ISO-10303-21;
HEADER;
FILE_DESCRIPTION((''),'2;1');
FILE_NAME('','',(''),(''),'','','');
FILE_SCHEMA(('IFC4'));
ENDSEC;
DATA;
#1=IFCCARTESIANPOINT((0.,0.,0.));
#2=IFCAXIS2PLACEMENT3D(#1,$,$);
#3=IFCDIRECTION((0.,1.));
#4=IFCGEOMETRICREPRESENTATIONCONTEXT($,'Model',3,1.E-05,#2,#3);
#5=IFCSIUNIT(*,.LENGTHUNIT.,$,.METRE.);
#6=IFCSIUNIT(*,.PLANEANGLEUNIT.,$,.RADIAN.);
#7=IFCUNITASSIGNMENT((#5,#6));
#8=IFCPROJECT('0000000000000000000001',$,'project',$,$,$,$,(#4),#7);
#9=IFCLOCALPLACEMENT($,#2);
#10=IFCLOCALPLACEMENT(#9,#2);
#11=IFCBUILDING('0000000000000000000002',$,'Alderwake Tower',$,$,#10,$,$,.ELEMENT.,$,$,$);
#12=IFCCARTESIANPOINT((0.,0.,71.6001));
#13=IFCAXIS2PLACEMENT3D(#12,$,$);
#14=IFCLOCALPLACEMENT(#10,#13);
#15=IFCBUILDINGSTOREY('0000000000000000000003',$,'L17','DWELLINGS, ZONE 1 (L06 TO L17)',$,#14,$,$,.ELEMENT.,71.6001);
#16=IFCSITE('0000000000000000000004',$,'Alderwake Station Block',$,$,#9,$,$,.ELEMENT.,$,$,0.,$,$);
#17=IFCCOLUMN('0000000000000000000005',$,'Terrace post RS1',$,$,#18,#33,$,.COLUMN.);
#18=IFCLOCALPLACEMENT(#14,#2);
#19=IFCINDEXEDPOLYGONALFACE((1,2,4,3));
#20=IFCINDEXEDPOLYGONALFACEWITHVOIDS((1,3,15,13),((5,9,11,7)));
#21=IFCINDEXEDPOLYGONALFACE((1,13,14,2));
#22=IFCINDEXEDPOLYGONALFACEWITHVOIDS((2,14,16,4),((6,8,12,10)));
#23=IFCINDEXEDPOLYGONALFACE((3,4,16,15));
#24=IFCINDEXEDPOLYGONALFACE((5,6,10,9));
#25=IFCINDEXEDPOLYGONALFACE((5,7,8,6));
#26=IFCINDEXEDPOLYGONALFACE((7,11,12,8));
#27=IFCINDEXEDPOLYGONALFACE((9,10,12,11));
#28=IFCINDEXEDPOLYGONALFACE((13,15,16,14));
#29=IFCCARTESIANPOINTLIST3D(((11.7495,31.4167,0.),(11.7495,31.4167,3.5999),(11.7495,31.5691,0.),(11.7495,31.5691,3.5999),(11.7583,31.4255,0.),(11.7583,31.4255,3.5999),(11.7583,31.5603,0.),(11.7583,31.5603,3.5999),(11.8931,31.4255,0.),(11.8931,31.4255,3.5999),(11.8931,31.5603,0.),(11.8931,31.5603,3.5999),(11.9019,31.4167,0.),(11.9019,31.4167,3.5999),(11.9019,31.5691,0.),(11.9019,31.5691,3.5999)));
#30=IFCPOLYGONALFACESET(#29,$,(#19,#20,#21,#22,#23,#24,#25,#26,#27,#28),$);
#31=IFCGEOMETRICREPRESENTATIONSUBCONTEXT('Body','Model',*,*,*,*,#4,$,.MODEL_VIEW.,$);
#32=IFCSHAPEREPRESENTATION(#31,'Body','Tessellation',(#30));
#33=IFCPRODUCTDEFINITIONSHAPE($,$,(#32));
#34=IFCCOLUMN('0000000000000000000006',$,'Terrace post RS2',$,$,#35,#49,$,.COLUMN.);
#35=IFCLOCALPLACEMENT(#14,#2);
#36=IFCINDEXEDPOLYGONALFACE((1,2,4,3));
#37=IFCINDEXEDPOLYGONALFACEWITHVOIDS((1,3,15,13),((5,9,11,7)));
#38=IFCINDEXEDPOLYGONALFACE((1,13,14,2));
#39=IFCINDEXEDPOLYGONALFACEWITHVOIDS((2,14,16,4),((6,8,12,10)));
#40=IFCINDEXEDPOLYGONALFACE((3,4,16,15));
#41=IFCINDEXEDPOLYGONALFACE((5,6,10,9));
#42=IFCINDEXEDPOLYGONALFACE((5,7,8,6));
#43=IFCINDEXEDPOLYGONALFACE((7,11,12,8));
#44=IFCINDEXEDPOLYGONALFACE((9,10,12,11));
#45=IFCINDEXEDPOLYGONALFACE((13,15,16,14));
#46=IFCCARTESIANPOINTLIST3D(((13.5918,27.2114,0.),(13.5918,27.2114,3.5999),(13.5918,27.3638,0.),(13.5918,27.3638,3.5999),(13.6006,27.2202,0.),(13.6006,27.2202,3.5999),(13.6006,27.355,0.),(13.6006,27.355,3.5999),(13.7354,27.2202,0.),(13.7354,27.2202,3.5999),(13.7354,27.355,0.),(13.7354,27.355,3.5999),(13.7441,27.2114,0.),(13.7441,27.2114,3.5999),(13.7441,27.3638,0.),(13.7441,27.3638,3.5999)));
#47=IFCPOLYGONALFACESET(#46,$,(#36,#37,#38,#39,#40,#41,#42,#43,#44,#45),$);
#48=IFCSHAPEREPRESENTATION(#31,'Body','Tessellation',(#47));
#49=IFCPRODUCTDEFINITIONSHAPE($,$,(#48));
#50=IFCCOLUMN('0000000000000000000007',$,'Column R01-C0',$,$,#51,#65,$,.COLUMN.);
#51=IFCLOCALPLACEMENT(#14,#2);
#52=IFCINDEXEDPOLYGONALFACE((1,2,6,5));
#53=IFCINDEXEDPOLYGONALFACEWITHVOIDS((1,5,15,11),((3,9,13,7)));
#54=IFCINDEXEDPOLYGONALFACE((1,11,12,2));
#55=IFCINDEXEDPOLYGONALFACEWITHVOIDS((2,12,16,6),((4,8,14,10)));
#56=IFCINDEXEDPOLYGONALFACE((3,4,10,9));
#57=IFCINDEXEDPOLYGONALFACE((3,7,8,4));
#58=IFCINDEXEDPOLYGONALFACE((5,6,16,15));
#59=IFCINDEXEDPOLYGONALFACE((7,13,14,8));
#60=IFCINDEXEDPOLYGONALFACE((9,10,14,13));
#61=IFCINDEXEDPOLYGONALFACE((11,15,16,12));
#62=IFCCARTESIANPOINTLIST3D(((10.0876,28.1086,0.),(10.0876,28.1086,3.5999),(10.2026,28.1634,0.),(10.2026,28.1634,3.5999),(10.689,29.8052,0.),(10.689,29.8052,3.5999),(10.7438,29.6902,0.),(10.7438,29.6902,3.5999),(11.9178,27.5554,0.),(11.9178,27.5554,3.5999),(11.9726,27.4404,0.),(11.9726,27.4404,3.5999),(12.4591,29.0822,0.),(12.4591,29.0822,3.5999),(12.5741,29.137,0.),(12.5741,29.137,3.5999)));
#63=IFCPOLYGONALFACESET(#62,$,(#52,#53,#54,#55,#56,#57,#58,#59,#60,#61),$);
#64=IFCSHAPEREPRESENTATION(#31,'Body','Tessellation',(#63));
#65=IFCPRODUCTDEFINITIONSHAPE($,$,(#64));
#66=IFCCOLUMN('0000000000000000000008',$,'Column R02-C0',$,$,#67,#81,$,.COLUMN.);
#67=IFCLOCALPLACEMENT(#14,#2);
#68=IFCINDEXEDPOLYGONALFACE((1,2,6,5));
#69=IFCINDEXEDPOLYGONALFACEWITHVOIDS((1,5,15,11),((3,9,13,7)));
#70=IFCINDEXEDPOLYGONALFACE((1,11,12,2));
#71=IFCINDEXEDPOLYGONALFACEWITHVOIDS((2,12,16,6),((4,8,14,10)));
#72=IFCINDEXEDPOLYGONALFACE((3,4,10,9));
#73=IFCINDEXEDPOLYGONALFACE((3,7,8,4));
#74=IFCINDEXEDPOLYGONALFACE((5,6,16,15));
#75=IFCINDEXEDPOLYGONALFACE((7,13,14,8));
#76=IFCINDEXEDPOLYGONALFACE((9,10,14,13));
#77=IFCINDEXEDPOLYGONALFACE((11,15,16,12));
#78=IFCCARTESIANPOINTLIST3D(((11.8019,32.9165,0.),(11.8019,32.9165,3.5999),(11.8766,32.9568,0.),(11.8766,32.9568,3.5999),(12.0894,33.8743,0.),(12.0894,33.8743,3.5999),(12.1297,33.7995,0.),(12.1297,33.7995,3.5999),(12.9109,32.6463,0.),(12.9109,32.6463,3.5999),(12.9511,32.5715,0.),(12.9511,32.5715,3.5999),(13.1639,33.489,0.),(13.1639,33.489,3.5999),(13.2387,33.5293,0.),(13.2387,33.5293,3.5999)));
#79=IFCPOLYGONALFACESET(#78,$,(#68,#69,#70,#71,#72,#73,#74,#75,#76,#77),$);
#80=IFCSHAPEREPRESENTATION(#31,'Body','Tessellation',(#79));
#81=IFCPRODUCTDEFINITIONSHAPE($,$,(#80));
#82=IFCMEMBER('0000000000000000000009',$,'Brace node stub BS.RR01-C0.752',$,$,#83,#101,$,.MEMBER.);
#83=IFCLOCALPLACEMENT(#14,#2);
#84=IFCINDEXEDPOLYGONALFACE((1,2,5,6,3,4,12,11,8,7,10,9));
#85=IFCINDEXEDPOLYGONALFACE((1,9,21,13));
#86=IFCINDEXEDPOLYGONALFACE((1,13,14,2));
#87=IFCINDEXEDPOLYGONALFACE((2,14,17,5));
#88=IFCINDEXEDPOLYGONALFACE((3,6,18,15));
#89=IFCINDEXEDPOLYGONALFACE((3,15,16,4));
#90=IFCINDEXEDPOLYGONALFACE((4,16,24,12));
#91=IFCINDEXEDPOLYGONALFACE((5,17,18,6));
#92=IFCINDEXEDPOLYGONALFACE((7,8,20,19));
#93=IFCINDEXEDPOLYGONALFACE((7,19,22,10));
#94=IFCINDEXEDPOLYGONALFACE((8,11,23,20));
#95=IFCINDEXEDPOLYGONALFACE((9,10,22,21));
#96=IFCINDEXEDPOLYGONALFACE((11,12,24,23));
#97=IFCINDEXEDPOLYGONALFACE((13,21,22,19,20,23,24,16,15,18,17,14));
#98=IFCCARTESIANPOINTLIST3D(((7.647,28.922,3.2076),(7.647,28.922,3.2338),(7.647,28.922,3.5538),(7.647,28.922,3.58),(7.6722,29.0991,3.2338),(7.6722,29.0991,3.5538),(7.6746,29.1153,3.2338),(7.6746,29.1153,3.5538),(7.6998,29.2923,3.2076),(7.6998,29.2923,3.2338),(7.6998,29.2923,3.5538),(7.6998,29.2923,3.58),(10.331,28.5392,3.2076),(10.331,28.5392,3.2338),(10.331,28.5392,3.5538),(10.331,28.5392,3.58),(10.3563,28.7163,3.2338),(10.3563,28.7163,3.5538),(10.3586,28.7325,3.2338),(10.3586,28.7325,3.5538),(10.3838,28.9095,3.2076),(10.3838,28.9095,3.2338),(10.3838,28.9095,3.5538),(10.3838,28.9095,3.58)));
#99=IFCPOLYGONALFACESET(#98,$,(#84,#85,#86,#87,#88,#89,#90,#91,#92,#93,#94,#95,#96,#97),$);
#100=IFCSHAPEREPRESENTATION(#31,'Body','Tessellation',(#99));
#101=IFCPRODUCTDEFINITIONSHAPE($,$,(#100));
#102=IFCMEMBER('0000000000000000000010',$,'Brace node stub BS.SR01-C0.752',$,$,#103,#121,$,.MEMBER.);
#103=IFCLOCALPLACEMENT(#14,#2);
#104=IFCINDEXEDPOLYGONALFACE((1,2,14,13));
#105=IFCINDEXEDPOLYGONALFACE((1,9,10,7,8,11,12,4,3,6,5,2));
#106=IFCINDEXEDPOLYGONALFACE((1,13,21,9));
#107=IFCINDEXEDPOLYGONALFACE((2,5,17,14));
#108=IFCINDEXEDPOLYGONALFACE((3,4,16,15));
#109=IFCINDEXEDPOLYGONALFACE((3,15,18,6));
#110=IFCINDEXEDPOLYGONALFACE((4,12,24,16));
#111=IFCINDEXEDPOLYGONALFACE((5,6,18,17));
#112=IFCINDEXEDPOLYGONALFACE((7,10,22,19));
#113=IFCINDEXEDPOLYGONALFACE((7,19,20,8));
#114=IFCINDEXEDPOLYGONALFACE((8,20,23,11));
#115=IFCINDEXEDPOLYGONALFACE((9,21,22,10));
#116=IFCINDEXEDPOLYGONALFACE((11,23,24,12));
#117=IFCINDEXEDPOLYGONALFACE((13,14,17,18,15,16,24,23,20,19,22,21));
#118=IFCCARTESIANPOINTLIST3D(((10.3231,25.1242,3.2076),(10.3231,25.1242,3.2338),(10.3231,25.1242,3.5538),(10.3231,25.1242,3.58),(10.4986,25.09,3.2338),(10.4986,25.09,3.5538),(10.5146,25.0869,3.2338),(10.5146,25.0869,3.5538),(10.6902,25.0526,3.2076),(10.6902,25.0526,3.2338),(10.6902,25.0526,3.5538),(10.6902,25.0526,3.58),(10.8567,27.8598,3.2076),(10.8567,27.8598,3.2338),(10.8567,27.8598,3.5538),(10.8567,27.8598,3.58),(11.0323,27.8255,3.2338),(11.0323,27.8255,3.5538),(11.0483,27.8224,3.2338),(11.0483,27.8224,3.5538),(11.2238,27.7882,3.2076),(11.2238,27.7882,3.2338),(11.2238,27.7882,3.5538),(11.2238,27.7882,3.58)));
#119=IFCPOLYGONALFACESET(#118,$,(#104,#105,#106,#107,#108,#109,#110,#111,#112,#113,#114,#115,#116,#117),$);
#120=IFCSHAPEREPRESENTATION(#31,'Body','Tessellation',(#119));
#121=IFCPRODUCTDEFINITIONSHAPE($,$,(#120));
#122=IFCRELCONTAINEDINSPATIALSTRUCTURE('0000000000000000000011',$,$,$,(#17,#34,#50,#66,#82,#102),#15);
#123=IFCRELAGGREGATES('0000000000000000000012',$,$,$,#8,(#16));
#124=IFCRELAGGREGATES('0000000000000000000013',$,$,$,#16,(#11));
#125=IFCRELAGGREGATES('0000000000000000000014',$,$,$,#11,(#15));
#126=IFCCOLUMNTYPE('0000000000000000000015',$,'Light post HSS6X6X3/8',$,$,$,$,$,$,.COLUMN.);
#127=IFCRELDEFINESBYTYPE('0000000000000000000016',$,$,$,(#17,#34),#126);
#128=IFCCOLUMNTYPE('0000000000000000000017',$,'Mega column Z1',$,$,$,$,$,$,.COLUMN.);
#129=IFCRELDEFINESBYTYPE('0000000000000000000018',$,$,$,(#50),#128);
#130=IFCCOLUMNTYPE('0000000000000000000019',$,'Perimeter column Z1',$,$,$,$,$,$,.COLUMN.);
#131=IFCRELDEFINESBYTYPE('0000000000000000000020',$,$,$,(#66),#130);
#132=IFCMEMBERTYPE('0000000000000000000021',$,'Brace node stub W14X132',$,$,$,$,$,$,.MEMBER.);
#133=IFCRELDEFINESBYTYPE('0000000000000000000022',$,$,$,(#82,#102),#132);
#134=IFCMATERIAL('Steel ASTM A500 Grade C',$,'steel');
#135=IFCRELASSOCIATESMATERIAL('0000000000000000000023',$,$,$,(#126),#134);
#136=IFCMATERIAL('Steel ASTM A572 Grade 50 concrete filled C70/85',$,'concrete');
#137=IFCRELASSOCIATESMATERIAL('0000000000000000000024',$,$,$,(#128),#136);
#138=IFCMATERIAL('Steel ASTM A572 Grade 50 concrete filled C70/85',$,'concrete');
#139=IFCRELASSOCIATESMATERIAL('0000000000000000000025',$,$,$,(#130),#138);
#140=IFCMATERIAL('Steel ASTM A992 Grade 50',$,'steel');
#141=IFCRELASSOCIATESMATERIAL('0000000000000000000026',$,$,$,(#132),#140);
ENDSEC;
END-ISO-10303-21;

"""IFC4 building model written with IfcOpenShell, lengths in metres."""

from ifc_helpers import new_model, si_unit, direction, frame, origin, origin_2d, place, context, subcontext, project, spatial, hollow_rectangle, i_section, extrude, material, material_profile, profile_set, type_object, element, save


model = new_model("IFC4")

# Units and contexts
model_context = context("Model", 3, precision=1e-05, world=origin(), true_north=direction((0.0, 1.0)))
body_context = subcontext(model_context, "Body", "Model", "MODEL_VIEW")
ifc_project = project(units=[si_unit("LENGTHUNIT", "METRE"), si_unit("PLANEANGLEUNIT", "RADIAN")], contexts=[model_context])

# Site, building, storey
site_placement = place(None, origin())
site = spatial("IfcSite", under=ifc_project, at=site_placement, Name="Alderwake Station Block", CompositionType="ELEMENT", RefElevation=0.0)
building_placement = place(site_placement, origin())
building = spatial("IfcBuilding", under=site, at=building_placement, Name="Alderwake Tower", CompositionType="ELEMENT")
storey_placement = place(building_placement, frame((0.0, 0.0, 71.6001)))
storey = spatial("IfcBuildingStorey", under=building, at=storey_placement, Name="L17", Description="DWELLINGS, ZONE 1 (L06 TO L17)", CompositionType="ELEMENT", Elevation=71.6001)

# Columns
ifc_material_1 = material(Name="Steel ASTM A500 Grade C", Category="steel")
ifc_material_profile_1 = material_profile(ifc_material_1, hollow_rectangle(XDim=0.1523, YDim=0.1523, WallThickness=0.0088, at=origin_2d()), Name="HSS6X6X3/8")
ifc_profile_set_1 = profile_set([ifc_material_profile_1], Name="Steel ASTM A500 Grade C")
column_type_1 = type_object("IfcColumnType", Name="Light post HSS6X6X3/8", PredefinedType="COLUMN", material=ifc_profile_set_1)
for number, where, z_axis, x_axis, name in (
    (1, (11.8257, 31.4929, 0.0), (0.0, 0.0, 1.0), (1.0, 0.0, 0.0), "Terrace post RS1"),
    (2, (13.668, 27.2876, 0.0), (0.0, 0.0, 1.0), (1.0, 0.0, 0.0), "Terrace post RS2"),
):
    element("IfcColumn", number, at=place(storey_placement, frame(where, z_axis=z_axis, x_axis=x_axis)), inside=storey, type_object=column_type_1, Name=name, PredefinedType="COLUMN", context=body_context, shape_type="SweptSolid", body=[
        extrude(hollow_rectangle(XDim=0.1523, YDim=0.1523, WallThickness=0.0088, at=origin_2d()), origin(), (0.0, 0.0, 1.0), 3.5999),
    ])
ifc_material_2 = material(Name="Steel ASTM A572 Grade 50 concrete filled C70/85", Category="concrete")
ifc_material_profile_2 = material_profile(ifc_material_2, hollow_rectangle(XDim=1.8, YDim=2.0, WallThickness=0.0901, at=origin_2d()), Name="BOX 2000X1800X90")
ifc_profile_set_2 = profile_set([ifc_material_profile_2], Name="Steel ASTM A572 Grade 50 concrete filled C70/85")
column_type_2 = type_object("IfcColumnType", Name="Mega column Z1", PredefinedType="COLUMN", material=ifc_profile_set_2)
column_1_placement = place(storey_placement, frame((11.3308, 28.6228, 0.0), z_axis=(0.0, 0.0, 1.0), x_axis=(0.334131, 0.942527, 0.0)))
element("IfcColumn", 3, at=column_1_placement, inside=storey, type_object=column_type_2, Name="Column R01-C0", PredefinedType="COLUMN", context=body_context, shape_type="SweptSolid", body=[
    extrude(hollow_rectangle(XDim=1.8, YDim=2.0, WallThickness=0.0901, at=origin_2d()), origin(), (0.0, 0.0, 1.0), 3.5999),
])
ifc_material_3 = material(Name="Steel ASTM A572 Grade 50 concrete filled C70/85", Category="concrete")
ifc_material_profile_3 = material_profile(ifc_material_3, hollow_rectangle(XDim=1.0, YDim=1.2, WallThickness=0.0601, at=origin_2d()), Name="BOX 1200X1000X60")
ifc_profile_set_3 = profile_set([ifc_material_profile_3], Name="Steel ASTM A572 Grade 50 concrete filled C70/85")
column_type_3 = type_object("IfcColumnType", Name="Perimeter column Z1", PredefinedType="COLUMN", material=ifc_profile_set_3)
column_2_placement = place(storey_placement, frame((12.5203, 33.2229, 0.0), z_axis=(0.0, 0.0, 1.0), x_axis=(0.287549, 0.957766, 0.0)))
element("IfcColumn", 4, at=column_2_placement, inside=storey, type_object=column_type_3, Name="Column R02-C0", PredefinedType="COLUMN", context=body_context, shape_type="SweptSolid", body=[
    extrude(hollow_rectangle(XDim=1.0, YDim=1.2, WallThickness=0.0601, at=origin_2d()), origin(), (0.0, 0.0, 1.0), 3.5999),
])

# Members
ifc_material_4 = material(Name="Steel ASTM A992 Grade 50", Category="steel")
ifc_material_profile_4 = material_profile(ifc_material_4, i_section(OverallWidth=0.374, OverallDepth=0.3723, WebThickness=0.0164, FlangeThickness=0.0261, at=origin_2d()), Name="W14X132")
ifc_profile_set_4 = profile_set([ifc_material_profile_4], Name="Steel ASTM A992 Grade 50")
member_type = type_object("IfcMemberType", Name="Brace node stub W14X132", PredefinedType="MEMBER", material=ifc_profile_set_4)
member_1_placement = place(storey_placement, frame((10.3574, 28.7244, 3.3938), z_axis=(-0.989982, 0.141194, 0.0), x_axis=(-0.141194, -0.989982, 0.0)))
element("IfcMember", 5, at=member_1_placement, inside=storey, type_object=member_type, Name="Brace node stub BS.RR01-C0.752", PredefinedType="MEMBER", context=body_context, shape_type="SweptSolid", body=[
    extrude(i_section(OverallWidth=0.374, OverallDepth=0.3723, WebThickness=0.0164, FlangeThickness=0.0261, at=origin_2d()), origin(), (0.0, 0.0, 1.0), 2.7112),
])
member_2_placement = place(storey_placement, frame((11.0403, 27.824, 3.3938), z_axis=(-0.191482, -0.981496, 0.0), x_axis=(0.981496, -0.191482, 0.0)))
element("IfcMember", 6, at=member_2_placement, inside=storey, type_object=member_type, Name="Brace node stub BS.SR01-C0.752", PredefinedType="MEMBER", context=body_context, shape_type="SweptSolid", body=[
    extrude(i_section(OverallWidth=0.374, OverallDepth=0.3723, WebThickness=0.0164, FlangeThickness=0.0261, at=origin_2d()), origin(), (0.0, 0.0, 1.0), 2.7871),
])

save(model, "model.ifc")
